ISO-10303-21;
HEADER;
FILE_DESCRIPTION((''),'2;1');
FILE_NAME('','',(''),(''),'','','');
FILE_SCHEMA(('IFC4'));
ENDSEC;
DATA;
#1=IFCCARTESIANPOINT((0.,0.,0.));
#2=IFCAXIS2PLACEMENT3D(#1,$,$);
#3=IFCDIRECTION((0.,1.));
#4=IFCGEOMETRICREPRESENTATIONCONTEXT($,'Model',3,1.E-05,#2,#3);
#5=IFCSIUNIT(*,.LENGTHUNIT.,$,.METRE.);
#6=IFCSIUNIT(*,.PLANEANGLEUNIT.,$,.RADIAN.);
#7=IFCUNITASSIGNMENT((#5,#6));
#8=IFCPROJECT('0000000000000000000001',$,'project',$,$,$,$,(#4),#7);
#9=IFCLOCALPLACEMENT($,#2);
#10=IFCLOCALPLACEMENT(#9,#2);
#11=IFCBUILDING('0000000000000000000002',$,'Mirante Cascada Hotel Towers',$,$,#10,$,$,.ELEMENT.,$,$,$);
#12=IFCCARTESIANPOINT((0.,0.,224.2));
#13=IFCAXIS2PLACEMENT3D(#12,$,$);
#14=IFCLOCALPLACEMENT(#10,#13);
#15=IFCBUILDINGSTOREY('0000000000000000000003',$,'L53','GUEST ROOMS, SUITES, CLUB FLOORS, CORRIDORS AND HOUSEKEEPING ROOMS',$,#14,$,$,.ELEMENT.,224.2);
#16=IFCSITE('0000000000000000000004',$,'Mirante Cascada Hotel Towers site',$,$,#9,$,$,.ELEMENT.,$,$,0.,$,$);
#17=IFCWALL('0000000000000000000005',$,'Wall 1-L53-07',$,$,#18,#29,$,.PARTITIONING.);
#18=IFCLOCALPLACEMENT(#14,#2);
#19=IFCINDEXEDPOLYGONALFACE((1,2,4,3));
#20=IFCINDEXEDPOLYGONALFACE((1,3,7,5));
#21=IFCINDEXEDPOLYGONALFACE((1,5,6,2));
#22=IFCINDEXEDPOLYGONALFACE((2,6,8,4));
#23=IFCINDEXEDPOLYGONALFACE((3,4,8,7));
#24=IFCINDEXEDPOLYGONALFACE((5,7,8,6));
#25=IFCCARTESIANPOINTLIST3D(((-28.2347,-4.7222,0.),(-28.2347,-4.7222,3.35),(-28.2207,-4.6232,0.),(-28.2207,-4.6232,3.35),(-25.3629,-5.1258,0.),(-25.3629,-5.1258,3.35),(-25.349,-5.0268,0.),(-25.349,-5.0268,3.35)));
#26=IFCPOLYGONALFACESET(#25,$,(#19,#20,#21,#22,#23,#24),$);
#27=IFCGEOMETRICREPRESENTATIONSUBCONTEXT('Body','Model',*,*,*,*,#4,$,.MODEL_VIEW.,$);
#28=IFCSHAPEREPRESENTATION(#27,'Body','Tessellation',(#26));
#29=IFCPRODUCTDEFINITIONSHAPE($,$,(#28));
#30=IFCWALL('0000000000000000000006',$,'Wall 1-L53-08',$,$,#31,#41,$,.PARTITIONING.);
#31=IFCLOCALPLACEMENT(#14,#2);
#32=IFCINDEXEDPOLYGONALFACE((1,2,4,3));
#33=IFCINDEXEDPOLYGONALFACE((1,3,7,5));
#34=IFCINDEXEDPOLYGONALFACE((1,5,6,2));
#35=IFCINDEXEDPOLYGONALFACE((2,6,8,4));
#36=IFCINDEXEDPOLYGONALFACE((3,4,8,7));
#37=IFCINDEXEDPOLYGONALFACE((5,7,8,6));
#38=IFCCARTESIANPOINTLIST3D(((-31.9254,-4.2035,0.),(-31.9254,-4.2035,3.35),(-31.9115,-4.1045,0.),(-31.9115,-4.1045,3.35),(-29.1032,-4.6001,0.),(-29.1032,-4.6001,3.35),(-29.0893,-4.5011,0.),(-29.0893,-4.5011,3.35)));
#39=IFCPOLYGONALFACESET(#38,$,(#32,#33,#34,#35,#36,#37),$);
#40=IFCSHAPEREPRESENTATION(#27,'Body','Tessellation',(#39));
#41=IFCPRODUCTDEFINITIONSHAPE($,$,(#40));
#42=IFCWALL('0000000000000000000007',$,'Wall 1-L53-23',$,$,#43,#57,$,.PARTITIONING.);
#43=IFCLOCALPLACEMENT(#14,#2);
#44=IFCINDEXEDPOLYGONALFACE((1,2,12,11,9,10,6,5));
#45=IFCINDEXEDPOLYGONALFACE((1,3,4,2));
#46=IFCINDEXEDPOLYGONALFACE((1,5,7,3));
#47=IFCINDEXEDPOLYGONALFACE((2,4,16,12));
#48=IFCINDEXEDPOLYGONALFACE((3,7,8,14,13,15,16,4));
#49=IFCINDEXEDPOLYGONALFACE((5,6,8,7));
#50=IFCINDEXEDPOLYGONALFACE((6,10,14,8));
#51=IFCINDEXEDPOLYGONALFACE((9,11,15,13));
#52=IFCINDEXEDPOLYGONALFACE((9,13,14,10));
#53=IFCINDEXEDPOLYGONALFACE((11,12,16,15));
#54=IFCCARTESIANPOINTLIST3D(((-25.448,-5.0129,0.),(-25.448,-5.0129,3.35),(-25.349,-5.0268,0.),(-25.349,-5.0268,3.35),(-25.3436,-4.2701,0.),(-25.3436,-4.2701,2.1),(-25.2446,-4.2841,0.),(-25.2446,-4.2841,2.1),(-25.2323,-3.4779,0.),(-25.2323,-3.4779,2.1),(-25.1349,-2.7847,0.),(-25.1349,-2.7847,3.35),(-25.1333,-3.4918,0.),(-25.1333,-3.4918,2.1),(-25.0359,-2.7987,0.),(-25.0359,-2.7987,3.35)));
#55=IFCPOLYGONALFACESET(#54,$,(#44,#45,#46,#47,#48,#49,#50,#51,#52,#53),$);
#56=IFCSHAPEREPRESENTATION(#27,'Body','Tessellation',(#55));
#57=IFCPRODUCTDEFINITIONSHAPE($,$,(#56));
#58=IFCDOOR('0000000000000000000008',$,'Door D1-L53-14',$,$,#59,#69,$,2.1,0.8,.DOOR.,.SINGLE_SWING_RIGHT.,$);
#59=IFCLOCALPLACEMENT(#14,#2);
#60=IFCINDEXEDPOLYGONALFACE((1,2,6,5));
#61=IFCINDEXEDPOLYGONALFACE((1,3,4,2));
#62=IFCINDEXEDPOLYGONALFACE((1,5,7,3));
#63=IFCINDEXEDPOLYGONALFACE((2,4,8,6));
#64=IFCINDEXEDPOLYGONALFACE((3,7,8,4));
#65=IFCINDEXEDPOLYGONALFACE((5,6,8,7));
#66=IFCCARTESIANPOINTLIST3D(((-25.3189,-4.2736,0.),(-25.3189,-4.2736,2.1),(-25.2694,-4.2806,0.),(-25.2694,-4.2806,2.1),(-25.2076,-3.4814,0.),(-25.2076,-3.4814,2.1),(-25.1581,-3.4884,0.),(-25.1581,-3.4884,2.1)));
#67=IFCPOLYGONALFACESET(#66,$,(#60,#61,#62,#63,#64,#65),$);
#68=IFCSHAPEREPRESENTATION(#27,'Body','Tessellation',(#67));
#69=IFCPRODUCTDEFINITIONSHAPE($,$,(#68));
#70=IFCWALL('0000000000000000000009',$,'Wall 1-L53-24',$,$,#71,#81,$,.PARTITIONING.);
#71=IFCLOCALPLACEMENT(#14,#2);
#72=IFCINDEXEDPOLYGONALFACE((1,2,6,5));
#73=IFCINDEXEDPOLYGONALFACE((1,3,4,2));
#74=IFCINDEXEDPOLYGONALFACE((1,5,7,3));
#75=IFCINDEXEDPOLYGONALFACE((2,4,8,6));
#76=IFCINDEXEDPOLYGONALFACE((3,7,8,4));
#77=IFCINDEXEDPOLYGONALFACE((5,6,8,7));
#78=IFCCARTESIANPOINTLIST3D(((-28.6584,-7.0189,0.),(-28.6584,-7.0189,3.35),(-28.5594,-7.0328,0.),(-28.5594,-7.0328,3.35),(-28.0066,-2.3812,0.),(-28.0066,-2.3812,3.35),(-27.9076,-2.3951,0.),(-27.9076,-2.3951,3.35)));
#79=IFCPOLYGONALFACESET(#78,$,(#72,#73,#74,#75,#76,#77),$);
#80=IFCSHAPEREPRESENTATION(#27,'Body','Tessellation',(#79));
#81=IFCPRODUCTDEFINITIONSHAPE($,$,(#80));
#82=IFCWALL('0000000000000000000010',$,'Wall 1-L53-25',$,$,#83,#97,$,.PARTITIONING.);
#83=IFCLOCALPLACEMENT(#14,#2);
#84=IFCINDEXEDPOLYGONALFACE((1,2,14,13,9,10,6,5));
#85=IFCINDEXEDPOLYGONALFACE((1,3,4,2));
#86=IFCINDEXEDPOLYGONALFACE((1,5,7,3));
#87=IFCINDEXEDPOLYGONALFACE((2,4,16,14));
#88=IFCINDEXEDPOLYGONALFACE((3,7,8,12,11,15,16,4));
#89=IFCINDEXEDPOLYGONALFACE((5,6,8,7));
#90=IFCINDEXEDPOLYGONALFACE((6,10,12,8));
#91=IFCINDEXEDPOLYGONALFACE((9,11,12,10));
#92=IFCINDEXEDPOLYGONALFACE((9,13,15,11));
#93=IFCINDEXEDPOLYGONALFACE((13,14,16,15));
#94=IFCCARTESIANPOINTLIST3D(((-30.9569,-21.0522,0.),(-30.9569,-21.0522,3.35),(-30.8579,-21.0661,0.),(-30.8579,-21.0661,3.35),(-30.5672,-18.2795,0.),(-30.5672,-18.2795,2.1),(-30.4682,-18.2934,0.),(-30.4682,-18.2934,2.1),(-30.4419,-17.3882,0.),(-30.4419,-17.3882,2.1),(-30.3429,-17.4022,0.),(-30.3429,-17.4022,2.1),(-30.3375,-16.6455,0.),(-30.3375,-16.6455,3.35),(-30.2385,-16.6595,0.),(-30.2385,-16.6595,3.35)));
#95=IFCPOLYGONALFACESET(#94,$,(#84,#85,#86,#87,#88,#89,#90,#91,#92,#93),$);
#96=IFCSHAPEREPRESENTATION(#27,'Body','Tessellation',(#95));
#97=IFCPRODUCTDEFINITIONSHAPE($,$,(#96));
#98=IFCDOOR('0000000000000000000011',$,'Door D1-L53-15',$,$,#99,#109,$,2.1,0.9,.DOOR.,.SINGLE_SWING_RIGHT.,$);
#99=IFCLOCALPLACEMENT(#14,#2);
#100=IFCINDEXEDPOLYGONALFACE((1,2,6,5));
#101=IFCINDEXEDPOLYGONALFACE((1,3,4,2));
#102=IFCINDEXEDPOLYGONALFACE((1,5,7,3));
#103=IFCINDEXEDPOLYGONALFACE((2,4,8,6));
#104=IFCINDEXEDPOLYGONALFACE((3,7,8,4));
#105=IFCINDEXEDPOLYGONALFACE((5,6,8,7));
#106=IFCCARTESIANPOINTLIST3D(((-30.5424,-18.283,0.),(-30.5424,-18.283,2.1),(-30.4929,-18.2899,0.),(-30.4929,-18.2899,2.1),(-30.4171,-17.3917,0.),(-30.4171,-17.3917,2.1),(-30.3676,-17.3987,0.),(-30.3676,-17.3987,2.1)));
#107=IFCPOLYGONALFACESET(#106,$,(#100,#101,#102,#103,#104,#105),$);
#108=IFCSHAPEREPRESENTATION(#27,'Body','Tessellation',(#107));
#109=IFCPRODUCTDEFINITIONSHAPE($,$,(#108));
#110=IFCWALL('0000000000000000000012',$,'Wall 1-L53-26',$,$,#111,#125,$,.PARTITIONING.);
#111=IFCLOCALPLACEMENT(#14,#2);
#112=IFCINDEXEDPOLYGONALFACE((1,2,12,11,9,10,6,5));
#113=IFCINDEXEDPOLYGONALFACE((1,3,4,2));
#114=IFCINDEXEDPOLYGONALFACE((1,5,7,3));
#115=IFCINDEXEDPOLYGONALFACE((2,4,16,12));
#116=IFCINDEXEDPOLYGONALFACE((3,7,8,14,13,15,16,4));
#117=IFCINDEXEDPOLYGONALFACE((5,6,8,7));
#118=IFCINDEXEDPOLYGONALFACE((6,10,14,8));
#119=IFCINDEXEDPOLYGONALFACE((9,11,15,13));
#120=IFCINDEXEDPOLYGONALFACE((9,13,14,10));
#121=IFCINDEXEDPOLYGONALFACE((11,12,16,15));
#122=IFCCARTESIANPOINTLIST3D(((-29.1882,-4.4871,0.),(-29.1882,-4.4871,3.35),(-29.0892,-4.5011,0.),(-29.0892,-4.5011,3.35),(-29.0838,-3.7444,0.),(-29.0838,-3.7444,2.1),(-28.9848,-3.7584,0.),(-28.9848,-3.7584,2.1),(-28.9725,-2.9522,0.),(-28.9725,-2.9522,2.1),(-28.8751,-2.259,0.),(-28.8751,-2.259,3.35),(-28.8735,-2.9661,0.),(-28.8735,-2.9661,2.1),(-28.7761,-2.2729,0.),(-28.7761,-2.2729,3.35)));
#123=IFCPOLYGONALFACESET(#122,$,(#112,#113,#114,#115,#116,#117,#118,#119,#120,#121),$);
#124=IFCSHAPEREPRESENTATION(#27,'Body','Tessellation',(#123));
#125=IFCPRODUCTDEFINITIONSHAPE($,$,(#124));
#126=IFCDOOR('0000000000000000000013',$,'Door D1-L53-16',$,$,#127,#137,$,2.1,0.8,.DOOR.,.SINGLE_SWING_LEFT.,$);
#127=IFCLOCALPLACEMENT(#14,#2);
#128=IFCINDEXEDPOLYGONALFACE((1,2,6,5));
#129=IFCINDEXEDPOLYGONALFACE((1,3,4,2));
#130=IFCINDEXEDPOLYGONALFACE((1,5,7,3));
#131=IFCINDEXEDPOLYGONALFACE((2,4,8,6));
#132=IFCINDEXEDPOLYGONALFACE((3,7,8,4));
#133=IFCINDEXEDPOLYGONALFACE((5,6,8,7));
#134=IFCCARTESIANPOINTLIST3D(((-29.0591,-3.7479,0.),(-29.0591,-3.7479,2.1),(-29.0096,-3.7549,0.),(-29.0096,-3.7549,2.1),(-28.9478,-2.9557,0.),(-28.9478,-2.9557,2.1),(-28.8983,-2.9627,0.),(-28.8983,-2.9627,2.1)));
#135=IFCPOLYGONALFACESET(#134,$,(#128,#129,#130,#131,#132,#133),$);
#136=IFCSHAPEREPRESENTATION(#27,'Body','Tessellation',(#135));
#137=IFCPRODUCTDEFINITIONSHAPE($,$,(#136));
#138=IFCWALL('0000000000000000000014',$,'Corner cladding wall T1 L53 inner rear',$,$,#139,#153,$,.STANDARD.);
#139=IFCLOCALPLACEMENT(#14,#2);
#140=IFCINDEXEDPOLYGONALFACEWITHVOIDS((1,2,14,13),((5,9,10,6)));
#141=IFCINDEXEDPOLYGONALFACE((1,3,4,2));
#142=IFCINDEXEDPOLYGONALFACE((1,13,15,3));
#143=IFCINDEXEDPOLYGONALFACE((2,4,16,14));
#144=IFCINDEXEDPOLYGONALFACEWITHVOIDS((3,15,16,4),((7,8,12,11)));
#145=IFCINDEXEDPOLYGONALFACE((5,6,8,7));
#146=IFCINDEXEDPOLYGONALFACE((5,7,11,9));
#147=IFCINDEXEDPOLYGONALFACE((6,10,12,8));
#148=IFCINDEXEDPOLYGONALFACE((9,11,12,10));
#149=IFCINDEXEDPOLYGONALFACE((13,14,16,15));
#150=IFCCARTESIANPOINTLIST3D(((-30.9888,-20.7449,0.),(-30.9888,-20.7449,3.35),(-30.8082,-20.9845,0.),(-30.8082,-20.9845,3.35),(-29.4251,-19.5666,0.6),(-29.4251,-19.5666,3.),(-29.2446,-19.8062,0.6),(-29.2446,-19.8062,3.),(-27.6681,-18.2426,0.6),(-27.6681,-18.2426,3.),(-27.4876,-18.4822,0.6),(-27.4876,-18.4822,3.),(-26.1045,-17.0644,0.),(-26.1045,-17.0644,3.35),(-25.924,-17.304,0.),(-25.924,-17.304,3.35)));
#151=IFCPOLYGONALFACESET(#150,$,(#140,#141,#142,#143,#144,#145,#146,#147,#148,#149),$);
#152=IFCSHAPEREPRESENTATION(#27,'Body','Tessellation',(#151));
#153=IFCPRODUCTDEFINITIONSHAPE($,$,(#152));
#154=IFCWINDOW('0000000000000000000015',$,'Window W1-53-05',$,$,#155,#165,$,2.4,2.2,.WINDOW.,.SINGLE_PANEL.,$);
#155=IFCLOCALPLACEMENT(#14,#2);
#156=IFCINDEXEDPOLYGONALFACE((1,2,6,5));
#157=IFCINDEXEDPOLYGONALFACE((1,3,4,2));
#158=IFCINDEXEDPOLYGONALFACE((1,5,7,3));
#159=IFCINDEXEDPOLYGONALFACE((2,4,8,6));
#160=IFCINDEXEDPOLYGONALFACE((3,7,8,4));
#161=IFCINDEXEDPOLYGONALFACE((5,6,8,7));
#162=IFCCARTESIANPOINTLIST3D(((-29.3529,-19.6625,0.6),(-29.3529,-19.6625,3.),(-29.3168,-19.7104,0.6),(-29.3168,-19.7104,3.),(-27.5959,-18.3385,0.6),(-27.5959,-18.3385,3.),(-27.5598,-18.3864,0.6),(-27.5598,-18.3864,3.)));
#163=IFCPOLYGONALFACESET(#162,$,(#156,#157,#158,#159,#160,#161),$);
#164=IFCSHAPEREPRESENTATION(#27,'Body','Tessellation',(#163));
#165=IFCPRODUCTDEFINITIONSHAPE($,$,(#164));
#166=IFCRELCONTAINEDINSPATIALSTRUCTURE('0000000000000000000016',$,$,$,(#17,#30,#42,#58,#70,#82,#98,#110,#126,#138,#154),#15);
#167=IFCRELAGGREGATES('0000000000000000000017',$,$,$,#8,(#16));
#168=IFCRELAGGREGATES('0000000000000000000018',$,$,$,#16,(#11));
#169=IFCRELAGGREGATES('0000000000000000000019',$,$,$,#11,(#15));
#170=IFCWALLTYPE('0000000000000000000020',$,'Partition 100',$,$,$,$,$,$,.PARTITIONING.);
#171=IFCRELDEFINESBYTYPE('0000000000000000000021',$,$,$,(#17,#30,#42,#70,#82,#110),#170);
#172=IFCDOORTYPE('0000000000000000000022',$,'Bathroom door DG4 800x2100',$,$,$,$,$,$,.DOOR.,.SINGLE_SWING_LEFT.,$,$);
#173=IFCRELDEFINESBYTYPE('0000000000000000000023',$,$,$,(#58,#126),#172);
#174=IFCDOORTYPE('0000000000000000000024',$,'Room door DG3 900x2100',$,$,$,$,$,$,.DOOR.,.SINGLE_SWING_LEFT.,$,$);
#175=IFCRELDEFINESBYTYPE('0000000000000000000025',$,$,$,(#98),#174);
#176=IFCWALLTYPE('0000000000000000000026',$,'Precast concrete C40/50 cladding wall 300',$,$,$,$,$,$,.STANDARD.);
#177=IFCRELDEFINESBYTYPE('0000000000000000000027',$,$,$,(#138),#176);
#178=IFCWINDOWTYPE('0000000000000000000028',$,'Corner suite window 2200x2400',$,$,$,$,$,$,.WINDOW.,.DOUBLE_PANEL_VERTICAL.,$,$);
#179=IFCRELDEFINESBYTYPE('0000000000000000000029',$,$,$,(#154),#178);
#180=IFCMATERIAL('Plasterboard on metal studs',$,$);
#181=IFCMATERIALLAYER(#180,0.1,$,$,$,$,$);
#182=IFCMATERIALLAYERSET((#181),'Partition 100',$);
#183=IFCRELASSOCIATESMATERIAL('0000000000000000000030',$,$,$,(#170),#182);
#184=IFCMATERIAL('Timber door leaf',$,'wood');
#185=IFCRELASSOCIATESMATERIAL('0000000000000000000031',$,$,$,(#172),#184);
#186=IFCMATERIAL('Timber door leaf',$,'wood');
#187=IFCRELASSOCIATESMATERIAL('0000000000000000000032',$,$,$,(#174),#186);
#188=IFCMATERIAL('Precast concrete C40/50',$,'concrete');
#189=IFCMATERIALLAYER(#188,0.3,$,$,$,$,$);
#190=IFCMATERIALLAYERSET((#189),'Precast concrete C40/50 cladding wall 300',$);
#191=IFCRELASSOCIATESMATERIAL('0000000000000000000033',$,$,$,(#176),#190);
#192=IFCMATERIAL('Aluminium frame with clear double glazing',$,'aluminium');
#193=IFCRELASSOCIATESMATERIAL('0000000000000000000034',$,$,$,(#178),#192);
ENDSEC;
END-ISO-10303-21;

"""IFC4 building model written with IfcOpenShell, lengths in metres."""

from ifc_helpers import new_model, si_unit, direction, frame, frame_2d, origin, place, context, subcontext, project, spatial, rectangle, extrude, material, layer, layer_set, type_object, element, fill, save


model = new_model("IFC4")

# Units and contexts
model_context = context("Model", 3, precision=1e-05, world=origin(), true_north=direction((0.0, 1.0)))
body_context = subcontext(model_context, "Body", "Model", "MODEL_VIEW")
ifc_project = project(units=[si_unit("LENGTHUNIT", "METRE"), si_unit("PLANEANGLEUNIT", "RADIAN")], contexts=[model_context])

# Site, building, storey
site_placement = place(None, origin())
site = spatial("IfcSite", under=ifc_project, at=site_placement, Name="Mirante Cascada Hotel Towers site", CompositionType="ELEMENT", RefElevation=0.0)
building_placement = place(site_placement, origin())
building = spatial("IfcBuilding", under=site, at=building_placement, Name="Mirante Cascada Hotel Towers", CompositionType="ELEMENT")
storey_placement = place(building_placement, frame((0.0, 0.0, 224.2)))
storey = spatial("IfcBuildingStorey", under=building, at=storey_placement, Name="L53", Description="GUEST ROOMS, SUITES, CLUB FLOORS, CORRIDORS AND HOUSEKEEPING ROOMS", CompositionType="ELEMENT", Elevation=224.2)

# Walls
ifc_material_1 = material(Name="Plasterboard on metal studs")
ifc_layer_1 = layer(ifc_material_1, 0.1)
ifc_layer_set_1 = layer_set([ifc_layer_1], Name="Partition 100")
wall_type_1 = type_object("IfcWallType", Name="Partition 100", PredefinedType="PARTITIONING", material=ifc_layer_set_1)
wall_1_placement = place(storey_placement, frame((-28.2277, -4.6727, 0.0), z_axis=(0.0, 0.0, 1.0), x_axis=(0.990268, -0.139171, 0.0)))
element("IfcWall", 1, at=wall_1_placement, inside=storey, type_object=wall_type_1, Name="Wall 1-L53-07", PredefinedType="PARTITIONING", context=body_context, shape_type="SweptSolid", body=[
    extrude(rectangle(XDim=2.9, YDim=0.1, at=frame_2d((1.45, 0.0))), origin(), (0.0, 0.0, 1.0), 3.35),
])
wall_2_placement = place(storey_placement, frame((-29.0962, -4.5506, 0.0), z_axis=(0.0, 0.0, 1.0), x_axis=(-0.99027, 0.139161, 0.0)))
element("IfcWall", 2, at=wall_2_placement, inside=storey, type_object=wall_type_1, Name="Wall 1-L53-08", PredefinedType="PARTITIONING", context=body_context, shape_type="SweptSolid", body=[
    extrude(rectangle(XDim=2.8499, YDim=0.1, at=frame_2d((1.425, 0.0))), origin(), (0.0, 0.0, 1.0), 3.35),
])

# Wall, opening, door
wall_3_placement = place(storey_placement, frame((-25.0854, -2.7917, 0.0), z_axis=(0.0, 0.0, 1.0), x_axis=(-0.139156, -0.990271, 0.0)))
wall_3 = element("IfcWall", 3, at=wall_3_placement, inside=storey, type_object=wall_type_1, Name="Wall 1-L53-23", PredefinedType="PARTITIONING", context=body_context, shape_type="SweptSolid", body=[
    extrude(rectangle(XDim=2.25, YDim=0.1, at=frame_2d((1.125, 0.0))), origin(), (0.0, 0.0, 1.0), 3.35),
])
opening_1_placement = place(wall_3_placement, frame((0.7, 0.0, 0.0)))
opening_1 = element("IfcOpeningElement", 4, at=opening_1_placement, cuts=wall_3, PredefinedType="OPENING", context=body_context, shape_type="SweptSolid", body=[
    extrude(rectangle(XDim=0.8, YDim=2.1, at=frame_2d((0.4, 1.05))), frame((0.0, 0.05, 0.0), z_axis=(0.0, -1.0, 0.0), x_axis=(1.0, 0.0, 0.0)), (0.0, 0.0, 1.0), 0.1),
])
ifc_material_2 = material(Name="Timber door leaf", Category="wood")
door_type_1 = type_object("IfcDoorType", Name="Bathroom door DG4 800x2100", OperationType="SINGLE_SWING_LEFT", PredefinedType="DOOR", material=ifc_material_2)
door_1_placement = place(opening_1_placement, frame((0.8, 0.0, 0.0), z_axis=(0.0, 0.0, 1.0), x_axis=(-1.0, 0.0, 0.0)))
door_1 = element("IfcDoor", 5, at=door_1_placement, inside=storey, type_object=door_type_1, Name="Door D1-L53-14", OperationType="SINGLE_SWING_RIGHT", OverallHeight=2.1, OverallWidth=0.8, PredefinedType="DOOR", context=body_context, shape_type="SweptSolid", body=[
    extrude(rectangle(XDim=0.8, YDim=2.1, at=frame_2d((0.4, 1.05))), frame((0.0, 0.025, 0.0), z_axis=(0.0, -1.0, 0.0), x_axis=(1.0, 0.0, 0.0)), (0.0, 0.0, 1.0), 0.05),
])
fill(opening_1, door_1)

# Wall
wall_4_placement = place(storey_placement, frame((-28.6089, -7.0258, 0.0), z_axis=(0.0, 0.0, 1.0), x_axis=(0.139176, 0.990268, 0.0)))
element("IfcWall", 6, at=wall_4_placement, inside=storey, type_object=wall_type_1, Name="Wall 1-L53-24", PredefinedType="PARTITIONING", context=body_context, shape_type="SweptSolid", body=[
    extrude(rectangle(XDim=4.6833, YDim=0.1, at=frame_2d((2.3416, 0.0))), origin(), (0.0, 0.0, 1.0), 3.35),
])

# Walls, openings, doors
wall_5_placement = place(storey_placement, frame((-30.288, -16.6525, 0.0), z_axis=(0.0, 0.0, 1.0), x_axis=(-0.13919, -0.990266, 0.0)))
wall_5 = element("IfcWall", 7, at=wall_5_placement, inside=storey, type_object=wall_type_1, Name="Wall 1-L53-25", PredefinedType="PARTITIONING", context=body_context, shape_type="SweptSolid", body=[
    extrude(rectangle(XDim=4.45, YDim=0.1, at=frame_2d((2.225, 0.0))), origin(), (0.0, 0.0, 1.0), 3.35),
])
opening_2_placement = place(wall_5_placement, frame((0.75, 0.0, 0.0)))
opening_2 = element("IfcOpeningElement", 8, at=opening_2_placement, cuts=wall_5, PredefinedType="OPENING", context=body_context, shape_type="SweptSolid", body=[
    extrude(rectangle(XDim=0.9, YDim=2.1, at=frame_2d((0.45, 1.05))), frame((0.0, 0.05, 0.0), z_axis=(0.0, -1.0, 0.0), x_axis=(1.0, 0.0, 0.0)), (0.0, 0.0, 1.0), 0.1),
])
ifc_material_3 = material(Name="Timber door leaf", Category="wood")
door_type_2 = type_object("IfcDoorType", Name="Room door DG3 900x2100", OperationType="SINGLE_SWING_LEFT", PredefinedType="DOOR", material=ifc_material_3)
door_2_placement = place(opening_2_placement, frame((0.9, 0.0, 0.0), z_axis=(0.0, 0.0, 1.0), x_axis=(-1.0, 0.0, 0.0)))
door_2 = element("IfcDoor", 9, at=door_2_placement, inside=storey, type_object=door_type_2, Name="Door D1-L53-15", OperationType="SINGLE_SWING_RIGHT", OverallHeight=2.1, OverallWidth=0.9, PredefinedType="DOOR", context=body_context, shape_type="SweptSolid", body=[
    extrude(rectangle(XDim=0.9, YDim=2.1, at=frame_2d((0.45, 1.05))), frame((0.0, 0.025, 0.0), z_axis=(0.0, -1.0, 0.0), x_axis=(1.0, 0.0, 0.0)), (0.0, 0.0, 1.0), 0.05),
])
fill(opening_2, door_2)
wall_6_placement = place(storey_placement, frame((-29.1387, -4.4941, 0.0), z_axis=(0.0, 0.0, 1.0), x_axis=(0.139156, 0.990271, 0.0)))
wall_6 = element("IfcWall", 10, at=wall_6_placement, inside=storey, type_object=wall_type_1, Name="Wall 1-L53-26", PredefinedType="PARTITIONING", context=body_context, shape_type="SweptSolid", body=[
    extrude(rectangle(XDim=2.25, YDim=0.1, at=frame_2d((1.125, 0.0))), origin(), (0.0, 0.0, 1.0), 3.35),
])
opening_3_placement = place(wall_6_placement, frame((0.75, 0.0, 0.0)))
opening_3 = element("IfcOpeningElement", 11, at=opening_3_placement, cuts=wall_6, PredefinedType="OPENING", context=body_context, shape_type="SweptSolid", body=[
    extrude(rectangle(XDim=0.8, YDim=2.1, at=frame_2d((0.4, 1.05))), frame((0.0, 0.05, 0.0), z_axis=(0.0, -1.0, 0.0), x_axis=(1.0, 0.0, 0.0)), (0.0, 0.0, 1.0), 0.1),
])
door_3_placement = place(opening_3_placement, origin())
door_3 = element("IfcDoor", 12, at=door_3_placement, inside=storey, type_object=door_type_1, Name="Door D1-L53-16", OperationType="SINGLE_SWING_LEFT", OverallHeight=2.1, OverallWidth=0.8, PredefinedType="DOOR", context=body_context, shape_type="SweptSolid", body=[
    extrude(rectangle(XDim=0.8, YDim=2.1, at=frame_2d((0.4, 1.05))), frame((0.0, 0.025, 0.0), z_axis=(0.0, -1.0, 0.0), x_axis=(1.0, 0.0, 0.0)), (0.0, 0.0, 1.0), 0.05),
])
fill(opening_3, door_3)

# Wall, opening, window
ifc_material_4 = material(Name="Precast concrete C40/50", Category="concrete")
ifc_layer_2 = layer(ifc_material_4, 0.3)
ifc_layer_set_2 = layer_set([ifc_layer_2], Name="Precast concrete C40/50 cladding wall 300")
wall_type_2 = type_object("IfcWallType", Name="Precast concrete C40/50 cladding wall 300", PredefinedType="STANDARD", material=ifc_layer_set_2)
wall_7_placement = place(storey_placement, frame((-26.0143, -17.1842, 0.0), z_axis=(0.0, 0.0, 1.0), x_axis=(-0.798636, -0.601814, 0.0)))
wall_7 = element("IfcWall", 13, at=wall_7_placement, inside=storey, type_object=wall_type_2, Name="Corner cladding wall T1 L53 inner rear", PredefinedType="STANDARD", context=body_context, shape_type="SweptSolid", body=[
    extrude(rectangle(XDim=6.1157, YDim=0.3, at=frame_2d((3.0578, 0.0))), origin(), (0.0, 0.0, 1.0), 3.35),
])
opening_4_placement = place(wall_7_placement, frame((1.9578, 0.0, 0.6)))
opening_4 = element("IfcOpeningElement", 14, at=opening_4_placement, cuts=wall_7, PredefinedType="OPENING", context=body_context, shape_type="SweptSolid", body=[
    extrude(rectangle(XDim=2.2, YDim=2.4, at=frame_2d((1.1, 1.2))), frame((0.0, 0.15, 0.0), z_axis=(0.0, -1.0, 0.0), x_axis=(1.0, 0.0, 0.0)), (0.0, 0.0, 1.0), 0.3),
])
ifc_material_5 = material(Name="Aluminium frame with clear double glazing", Category="aluminium")
window_type = type_object("IfcWindowType", Name="Corner suite window 2200x2400", PartitioningType="DOUBLE_PANEL_VERTICAL", PredefinedType="WINDOW", material=ifc_material_5)
window_placement = place(opening_4_placement, origin())
window = element("IfcWindow", 15, at=window_placement, inside=storey, type_object=window_type, Name="Window W1-53-05", OverallHeight=2.4, OverallWidth=2.2, PartitioningType="SINGLE_PANEL", PredefinedType="WINDOW", context=body_context, shape_type="SweptSolid", body=[
    extrude(rectangle(XDim=2.2, YDim=2.4, at=frame_2d((1.1, 1.2))), frame((0.0, 0.03, 0.0), z_axis=(0.0, -1.0, 0.0), x_axis=(1.0, 0.0, 0.0)), (0.0, 0.0, 1.0), 0.06),
])
fill(opening_4, window)

save(model, "model.ifc")
